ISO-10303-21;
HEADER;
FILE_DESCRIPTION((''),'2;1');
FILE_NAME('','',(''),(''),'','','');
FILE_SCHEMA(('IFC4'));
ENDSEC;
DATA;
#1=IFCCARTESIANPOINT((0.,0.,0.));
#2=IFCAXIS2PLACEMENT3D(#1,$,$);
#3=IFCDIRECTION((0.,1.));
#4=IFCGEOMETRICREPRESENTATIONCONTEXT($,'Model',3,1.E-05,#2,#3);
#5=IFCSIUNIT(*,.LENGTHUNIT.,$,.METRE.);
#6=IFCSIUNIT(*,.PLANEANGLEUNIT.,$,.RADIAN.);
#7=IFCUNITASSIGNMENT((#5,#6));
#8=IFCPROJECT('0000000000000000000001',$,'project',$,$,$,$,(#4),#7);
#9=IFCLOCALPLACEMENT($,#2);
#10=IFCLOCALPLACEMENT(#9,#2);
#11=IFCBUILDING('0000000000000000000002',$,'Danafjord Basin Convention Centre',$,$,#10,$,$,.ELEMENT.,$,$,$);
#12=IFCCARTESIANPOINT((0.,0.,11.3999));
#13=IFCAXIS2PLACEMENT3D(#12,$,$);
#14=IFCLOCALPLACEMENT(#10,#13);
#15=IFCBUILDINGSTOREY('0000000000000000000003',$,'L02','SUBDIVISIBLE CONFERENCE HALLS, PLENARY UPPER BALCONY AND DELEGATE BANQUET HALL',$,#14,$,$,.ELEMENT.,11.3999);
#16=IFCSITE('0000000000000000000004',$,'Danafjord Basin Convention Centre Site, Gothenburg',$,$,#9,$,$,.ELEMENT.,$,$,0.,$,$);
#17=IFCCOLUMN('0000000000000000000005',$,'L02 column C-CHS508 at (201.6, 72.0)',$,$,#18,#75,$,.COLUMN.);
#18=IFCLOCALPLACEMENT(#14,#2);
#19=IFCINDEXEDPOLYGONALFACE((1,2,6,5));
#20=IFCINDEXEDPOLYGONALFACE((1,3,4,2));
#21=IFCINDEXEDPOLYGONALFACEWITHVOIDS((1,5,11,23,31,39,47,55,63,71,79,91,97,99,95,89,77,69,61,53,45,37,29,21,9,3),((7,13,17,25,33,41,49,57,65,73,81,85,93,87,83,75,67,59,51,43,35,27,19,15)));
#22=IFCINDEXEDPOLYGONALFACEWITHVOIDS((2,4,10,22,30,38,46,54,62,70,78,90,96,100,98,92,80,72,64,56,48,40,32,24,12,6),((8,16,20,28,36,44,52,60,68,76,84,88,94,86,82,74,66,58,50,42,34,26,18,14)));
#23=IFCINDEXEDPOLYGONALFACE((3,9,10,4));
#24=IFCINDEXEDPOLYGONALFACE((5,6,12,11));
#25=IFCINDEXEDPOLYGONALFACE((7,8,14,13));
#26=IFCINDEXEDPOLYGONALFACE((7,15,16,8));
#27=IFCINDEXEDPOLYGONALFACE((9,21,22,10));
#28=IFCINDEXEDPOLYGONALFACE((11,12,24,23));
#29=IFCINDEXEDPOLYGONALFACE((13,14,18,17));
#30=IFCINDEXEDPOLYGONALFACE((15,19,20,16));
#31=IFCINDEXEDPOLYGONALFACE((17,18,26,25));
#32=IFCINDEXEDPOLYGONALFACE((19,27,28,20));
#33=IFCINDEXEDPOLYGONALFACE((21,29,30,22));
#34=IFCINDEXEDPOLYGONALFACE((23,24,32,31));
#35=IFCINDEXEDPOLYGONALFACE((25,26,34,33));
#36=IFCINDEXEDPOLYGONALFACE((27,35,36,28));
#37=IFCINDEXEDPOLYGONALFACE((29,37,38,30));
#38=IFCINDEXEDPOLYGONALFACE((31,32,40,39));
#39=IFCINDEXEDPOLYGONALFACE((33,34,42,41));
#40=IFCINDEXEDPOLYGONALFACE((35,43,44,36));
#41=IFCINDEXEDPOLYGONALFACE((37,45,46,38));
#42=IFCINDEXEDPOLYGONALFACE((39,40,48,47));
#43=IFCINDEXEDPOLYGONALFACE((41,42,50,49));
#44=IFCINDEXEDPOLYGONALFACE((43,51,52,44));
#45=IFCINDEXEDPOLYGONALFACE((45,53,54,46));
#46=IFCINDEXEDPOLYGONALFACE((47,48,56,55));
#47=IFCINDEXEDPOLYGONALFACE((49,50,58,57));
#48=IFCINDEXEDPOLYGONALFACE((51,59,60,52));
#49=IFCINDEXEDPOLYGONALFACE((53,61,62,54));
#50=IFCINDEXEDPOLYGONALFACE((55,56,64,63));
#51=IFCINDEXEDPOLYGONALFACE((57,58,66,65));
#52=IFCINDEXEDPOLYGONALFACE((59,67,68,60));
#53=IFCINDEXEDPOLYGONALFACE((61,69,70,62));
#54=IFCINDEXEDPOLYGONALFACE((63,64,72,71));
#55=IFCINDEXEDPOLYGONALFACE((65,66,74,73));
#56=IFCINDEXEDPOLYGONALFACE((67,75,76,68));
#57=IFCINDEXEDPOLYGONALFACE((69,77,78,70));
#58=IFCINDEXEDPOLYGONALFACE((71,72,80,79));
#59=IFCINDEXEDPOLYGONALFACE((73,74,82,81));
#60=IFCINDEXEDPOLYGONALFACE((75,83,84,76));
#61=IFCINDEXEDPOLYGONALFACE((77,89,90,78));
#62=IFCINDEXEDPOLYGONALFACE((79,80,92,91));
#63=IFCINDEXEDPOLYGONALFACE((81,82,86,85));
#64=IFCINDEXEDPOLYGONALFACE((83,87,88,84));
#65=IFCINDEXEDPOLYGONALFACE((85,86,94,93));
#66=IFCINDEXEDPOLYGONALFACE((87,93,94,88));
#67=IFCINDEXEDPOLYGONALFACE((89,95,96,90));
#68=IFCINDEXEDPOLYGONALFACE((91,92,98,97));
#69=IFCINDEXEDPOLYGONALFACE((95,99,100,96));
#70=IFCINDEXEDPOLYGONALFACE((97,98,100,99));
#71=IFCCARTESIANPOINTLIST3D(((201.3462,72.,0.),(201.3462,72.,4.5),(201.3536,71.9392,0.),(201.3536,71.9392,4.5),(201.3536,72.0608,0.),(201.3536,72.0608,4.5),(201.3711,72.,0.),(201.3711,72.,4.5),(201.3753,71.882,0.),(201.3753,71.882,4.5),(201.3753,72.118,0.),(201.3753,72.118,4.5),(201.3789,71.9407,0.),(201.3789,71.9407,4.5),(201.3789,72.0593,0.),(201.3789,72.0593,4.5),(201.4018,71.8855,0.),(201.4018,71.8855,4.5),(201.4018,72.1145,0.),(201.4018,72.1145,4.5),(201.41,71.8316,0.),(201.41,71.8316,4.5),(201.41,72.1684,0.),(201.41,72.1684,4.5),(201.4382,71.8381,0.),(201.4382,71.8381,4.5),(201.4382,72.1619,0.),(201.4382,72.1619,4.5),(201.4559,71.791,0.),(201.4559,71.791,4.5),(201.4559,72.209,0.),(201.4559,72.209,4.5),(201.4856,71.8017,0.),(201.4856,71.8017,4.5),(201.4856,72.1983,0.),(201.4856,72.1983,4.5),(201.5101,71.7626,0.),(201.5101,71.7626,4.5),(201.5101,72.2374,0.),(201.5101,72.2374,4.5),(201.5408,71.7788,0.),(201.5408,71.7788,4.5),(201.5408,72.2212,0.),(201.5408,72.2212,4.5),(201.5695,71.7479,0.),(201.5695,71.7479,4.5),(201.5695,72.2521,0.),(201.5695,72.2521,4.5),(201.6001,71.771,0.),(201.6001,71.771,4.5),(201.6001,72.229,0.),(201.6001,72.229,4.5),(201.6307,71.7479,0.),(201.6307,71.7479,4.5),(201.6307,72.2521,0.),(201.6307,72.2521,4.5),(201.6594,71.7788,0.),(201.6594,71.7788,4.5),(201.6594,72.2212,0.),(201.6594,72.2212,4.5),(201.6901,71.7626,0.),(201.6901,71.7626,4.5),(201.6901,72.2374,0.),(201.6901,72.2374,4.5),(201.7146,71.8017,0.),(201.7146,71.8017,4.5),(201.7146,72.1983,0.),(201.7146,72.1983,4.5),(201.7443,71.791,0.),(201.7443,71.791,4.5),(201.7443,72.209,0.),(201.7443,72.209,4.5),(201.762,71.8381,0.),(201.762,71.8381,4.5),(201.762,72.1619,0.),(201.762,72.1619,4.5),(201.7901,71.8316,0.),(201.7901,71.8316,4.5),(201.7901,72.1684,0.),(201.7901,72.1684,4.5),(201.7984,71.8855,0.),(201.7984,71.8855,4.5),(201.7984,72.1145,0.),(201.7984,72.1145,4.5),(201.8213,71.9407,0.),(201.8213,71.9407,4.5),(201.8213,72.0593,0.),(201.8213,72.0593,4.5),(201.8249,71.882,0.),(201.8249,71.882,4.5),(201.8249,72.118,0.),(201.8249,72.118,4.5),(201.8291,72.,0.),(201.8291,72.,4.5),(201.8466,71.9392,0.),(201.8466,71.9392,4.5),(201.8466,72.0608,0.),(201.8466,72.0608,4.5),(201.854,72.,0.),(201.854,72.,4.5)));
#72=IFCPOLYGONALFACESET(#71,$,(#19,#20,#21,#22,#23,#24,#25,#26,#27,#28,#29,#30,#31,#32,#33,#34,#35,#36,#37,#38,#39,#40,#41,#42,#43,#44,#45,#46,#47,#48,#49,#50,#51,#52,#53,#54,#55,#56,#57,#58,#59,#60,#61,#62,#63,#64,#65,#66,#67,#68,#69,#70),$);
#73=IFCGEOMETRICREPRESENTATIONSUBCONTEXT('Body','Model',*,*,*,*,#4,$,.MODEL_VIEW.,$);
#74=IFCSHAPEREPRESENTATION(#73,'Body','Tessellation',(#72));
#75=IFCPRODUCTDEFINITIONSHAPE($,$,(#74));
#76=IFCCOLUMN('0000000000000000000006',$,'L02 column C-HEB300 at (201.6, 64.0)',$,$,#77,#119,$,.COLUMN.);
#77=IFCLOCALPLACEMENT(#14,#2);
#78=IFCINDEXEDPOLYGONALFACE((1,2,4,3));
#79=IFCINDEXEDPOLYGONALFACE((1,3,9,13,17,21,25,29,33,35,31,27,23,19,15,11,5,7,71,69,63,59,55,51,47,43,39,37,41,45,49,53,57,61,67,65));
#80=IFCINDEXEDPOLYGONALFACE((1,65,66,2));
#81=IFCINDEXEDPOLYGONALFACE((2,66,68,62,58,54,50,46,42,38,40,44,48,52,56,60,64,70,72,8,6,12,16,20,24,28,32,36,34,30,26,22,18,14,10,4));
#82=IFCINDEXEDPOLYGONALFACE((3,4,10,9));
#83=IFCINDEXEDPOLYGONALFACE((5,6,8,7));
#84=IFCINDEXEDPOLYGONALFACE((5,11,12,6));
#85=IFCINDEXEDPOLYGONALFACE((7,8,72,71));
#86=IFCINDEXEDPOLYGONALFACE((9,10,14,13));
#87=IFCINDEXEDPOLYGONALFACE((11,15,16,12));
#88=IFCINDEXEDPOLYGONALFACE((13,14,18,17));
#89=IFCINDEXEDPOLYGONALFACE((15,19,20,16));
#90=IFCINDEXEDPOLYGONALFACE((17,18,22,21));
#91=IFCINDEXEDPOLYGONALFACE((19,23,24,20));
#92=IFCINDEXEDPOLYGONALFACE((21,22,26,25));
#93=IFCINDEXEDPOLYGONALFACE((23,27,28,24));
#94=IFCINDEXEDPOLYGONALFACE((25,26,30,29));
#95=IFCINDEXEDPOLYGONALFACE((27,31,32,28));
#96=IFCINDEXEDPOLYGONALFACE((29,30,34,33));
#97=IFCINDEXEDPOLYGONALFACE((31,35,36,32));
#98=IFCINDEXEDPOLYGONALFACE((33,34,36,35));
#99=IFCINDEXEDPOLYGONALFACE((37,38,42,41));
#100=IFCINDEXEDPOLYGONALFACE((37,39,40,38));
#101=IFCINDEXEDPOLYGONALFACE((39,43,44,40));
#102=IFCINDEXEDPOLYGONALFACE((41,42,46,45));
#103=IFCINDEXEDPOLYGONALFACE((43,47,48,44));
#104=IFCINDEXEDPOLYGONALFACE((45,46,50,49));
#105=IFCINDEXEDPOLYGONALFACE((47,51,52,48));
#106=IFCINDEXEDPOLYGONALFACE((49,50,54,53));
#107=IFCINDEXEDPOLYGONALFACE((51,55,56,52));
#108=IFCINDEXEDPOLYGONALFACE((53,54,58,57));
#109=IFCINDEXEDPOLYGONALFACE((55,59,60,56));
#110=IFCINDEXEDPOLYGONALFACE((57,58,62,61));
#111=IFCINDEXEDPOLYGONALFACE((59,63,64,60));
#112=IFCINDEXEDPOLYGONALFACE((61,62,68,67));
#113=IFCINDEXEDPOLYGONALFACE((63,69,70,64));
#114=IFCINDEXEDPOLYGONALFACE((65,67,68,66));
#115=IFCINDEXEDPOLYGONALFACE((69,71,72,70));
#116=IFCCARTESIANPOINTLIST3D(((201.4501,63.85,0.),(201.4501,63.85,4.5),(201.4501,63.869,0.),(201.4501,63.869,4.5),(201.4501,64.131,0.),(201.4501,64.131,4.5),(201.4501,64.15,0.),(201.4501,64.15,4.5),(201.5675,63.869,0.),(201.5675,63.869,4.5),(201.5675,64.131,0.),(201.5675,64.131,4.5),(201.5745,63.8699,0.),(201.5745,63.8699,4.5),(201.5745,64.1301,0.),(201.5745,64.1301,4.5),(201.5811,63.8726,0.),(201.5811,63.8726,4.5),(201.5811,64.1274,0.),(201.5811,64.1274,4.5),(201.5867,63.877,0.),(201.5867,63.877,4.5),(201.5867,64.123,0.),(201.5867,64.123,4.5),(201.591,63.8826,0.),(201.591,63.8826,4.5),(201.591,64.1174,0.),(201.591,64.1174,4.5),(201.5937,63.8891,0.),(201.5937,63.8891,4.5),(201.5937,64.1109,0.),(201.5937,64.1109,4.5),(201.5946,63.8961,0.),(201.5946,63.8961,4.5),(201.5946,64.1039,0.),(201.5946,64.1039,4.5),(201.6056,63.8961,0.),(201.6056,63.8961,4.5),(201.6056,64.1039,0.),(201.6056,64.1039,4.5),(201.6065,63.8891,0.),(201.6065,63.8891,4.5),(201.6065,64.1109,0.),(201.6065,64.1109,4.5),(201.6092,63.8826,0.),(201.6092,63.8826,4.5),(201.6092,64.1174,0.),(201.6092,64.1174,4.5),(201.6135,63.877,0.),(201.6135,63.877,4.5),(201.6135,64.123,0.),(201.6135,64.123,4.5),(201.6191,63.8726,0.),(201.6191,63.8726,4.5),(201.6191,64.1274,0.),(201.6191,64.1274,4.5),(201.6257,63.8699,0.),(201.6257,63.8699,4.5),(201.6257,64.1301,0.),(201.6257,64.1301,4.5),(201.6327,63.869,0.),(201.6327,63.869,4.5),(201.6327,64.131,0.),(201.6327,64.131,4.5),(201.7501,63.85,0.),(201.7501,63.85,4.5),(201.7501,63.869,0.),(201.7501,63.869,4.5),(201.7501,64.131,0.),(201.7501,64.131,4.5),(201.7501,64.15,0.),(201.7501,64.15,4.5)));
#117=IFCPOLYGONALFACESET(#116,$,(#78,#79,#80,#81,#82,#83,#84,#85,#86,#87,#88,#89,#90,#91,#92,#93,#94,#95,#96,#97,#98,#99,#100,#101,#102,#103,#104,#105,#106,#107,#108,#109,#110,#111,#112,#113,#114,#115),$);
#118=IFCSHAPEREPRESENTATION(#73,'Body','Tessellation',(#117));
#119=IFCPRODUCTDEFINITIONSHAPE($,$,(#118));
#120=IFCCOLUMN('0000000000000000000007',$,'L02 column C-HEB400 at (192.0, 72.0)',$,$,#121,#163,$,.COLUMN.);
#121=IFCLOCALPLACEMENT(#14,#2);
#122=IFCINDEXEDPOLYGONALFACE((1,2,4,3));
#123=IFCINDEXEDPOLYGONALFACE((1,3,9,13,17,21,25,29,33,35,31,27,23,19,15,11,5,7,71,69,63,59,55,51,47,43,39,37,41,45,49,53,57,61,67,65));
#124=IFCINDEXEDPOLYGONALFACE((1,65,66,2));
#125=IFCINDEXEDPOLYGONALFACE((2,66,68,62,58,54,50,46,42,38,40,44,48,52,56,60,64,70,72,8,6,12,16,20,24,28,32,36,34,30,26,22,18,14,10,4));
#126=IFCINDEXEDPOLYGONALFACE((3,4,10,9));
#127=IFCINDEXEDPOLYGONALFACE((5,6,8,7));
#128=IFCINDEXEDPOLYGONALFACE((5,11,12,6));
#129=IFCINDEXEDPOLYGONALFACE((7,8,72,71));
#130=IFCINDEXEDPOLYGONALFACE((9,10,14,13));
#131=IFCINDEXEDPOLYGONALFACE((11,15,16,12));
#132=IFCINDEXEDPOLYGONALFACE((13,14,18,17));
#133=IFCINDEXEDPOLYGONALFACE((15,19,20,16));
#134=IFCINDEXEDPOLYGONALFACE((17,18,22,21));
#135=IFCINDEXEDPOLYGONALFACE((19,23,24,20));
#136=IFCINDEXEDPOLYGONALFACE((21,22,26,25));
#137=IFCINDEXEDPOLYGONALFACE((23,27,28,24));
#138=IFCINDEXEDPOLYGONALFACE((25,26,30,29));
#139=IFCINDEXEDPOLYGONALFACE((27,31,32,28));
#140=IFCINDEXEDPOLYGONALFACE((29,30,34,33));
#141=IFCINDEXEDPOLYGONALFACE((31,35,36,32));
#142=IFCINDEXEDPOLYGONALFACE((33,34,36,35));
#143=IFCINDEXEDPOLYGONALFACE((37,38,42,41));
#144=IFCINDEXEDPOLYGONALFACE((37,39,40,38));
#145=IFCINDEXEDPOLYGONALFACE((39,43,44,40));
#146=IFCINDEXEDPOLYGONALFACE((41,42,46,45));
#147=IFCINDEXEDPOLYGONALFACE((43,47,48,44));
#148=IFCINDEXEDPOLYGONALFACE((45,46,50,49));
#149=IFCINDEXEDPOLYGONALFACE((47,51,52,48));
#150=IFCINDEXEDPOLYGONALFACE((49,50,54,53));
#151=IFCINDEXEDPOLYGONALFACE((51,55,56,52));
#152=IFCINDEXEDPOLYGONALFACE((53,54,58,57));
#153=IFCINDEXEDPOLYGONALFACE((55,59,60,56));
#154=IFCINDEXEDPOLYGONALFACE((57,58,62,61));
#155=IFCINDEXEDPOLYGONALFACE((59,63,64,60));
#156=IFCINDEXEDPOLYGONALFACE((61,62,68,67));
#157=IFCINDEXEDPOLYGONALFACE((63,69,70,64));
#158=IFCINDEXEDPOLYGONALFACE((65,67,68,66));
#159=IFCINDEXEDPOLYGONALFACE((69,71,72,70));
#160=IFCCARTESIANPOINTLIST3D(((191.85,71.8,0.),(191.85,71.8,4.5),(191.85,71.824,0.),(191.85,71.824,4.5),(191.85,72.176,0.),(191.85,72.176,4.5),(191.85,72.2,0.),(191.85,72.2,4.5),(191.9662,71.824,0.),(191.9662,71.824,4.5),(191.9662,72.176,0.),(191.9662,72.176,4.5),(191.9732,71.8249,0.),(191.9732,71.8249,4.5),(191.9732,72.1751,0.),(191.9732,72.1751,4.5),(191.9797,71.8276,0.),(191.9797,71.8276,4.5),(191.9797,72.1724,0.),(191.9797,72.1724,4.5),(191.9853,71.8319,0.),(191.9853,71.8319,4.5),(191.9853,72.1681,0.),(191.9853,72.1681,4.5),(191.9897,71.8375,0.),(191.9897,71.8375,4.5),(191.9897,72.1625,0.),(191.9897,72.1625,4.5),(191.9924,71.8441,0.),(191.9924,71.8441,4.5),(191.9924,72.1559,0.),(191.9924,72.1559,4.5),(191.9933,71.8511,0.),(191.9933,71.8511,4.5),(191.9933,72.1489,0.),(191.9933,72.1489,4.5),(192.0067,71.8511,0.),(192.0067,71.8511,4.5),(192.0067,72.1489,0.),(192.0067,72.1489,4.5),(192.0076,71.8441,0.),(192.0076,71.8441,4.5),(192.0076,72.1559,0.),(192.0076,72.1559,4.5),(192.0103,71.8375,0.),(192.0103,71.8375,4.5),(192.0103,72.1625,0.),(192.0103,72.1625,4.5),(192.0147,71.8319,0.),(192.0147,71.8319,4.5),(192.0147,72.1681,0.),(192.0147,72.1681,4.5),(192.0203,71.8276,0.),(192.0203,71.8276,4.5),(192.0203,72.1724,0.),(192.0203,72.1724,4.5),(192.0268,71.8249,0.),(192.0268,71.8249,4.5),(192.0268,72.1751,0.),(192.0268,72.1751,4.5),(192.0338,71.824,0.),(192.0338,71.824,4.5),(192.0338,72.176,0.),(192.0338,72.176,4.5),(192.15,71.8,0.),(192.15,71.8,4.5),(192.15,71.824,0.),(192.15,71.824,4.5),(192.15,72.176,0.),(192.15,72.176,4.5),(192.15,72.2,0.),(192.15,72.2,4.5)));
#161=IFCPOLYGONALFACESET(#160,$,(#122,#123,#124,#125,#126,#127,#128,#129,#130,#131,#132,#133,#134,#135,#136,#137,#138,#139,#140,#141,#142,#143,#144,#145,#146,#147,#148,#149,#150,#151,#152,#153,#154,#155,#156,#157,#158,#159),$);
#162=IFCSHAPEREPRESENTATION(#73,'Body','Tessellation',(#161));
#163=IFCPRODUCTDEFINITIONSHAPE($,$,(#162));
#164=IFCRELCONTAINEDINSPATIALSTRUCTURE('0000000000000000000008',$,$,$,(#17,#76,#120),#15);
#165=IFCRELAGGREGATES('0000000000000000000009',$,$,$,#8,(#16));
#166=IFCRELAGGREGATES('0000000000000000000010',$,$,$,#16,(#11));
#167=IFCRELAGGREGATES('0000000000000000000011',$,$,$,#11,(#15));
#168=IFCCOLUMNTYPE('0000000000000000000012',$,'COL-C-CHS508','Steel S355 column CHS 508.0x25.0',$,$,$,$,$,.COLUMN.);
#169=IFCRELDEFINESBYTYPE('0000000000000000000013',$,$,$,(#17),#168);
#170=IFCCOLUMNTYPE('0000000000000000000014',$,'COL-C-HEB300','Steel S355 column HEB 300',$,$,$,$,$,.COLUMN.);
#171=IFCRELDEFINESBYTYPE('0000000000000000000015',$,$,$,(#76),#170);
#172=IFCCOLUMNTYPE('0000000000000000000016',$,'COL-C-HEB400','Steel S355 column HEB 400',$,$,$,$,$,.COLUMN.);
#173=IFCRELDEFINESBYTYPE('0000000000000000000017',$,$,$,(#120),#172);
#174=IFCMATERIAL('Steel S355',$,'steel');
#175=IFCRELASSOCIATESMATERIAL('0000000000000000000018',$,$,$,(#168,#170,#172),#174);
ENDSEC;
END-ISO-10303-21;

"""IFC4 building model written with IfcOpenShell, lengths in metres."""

from ifc_helpers import new_model, si_unit, direction, frame, origin, origin_2d, place, context, subcontext, project, spatial, hollow_circle, i_section, extrude, material, material_profile, profile_set, type_object, element, save


model = new_model("IFC4")

# Units and contexts
model_context = context("Model", 3, precision=1e-05, world=origin(), true_north=direction((0.0, 1.0)))
body_context = subcontext(model_context, "Body", "Model", "MODEL_VIEW")
ifc_project = project(units=[si_unit("LENGTHUNIT", "METRE"), si_unit("PLANEANGLEUNIT", "RADIAN")], contexts=[model_context])

# Site, building, storey
site_placement = place(None, origin())
site = spatial("IfcSite", under=ifc_project, at=site_placement, Name="Danafjord Basin Convention Centre Site, Gothenburg", CompositionType="ELEMENT", RefElevation=0.0)
building_placement = place(site_placement, origin())
building = spatial("IfcBuilding", under=site, at=building_placement, Name="Danafjord Basin Convention Centre", CompositionType="ELEMENT")
storey_placement = place(building_placement, frame((0.0, 0.0, 11.3999)))
storey = spatial("IfcBuildingStorey", under=building, at=storey_placement, Name="L02", Description="SUBDIVISIBLE CONFERENCE HALLS, PLENARY UPPER BALCONY AND DELEGATE BANQUET HALL", CompositionType="ELEMENT", Elevation=11.3999)

# Columns
ifc_material = material(Name="Steel S355", Category="steel")
ifc_material_profile_1 = material_profile(ifc_material, hollow_circle(Radius=0.2539, WallThickness=0.0249, at=origin_2d()), Name="CHS 508.0x25.0")
ifc_profile_set_1 = profile_set([ifc_material_profile_1], Name="Steel S355")
column_type_1 = type_object("IfcColumnType", Name="COL-C-CHS508", Description="Steel S355 column CHS 508.0x25.0", PredefinedType="COLUMN", material=ifc_profile_set_1)
column_1_placement = place(storey_placement, frame((201.6001, 72.0, 0.0), z_axis=(0.0, 0.0, 1.0), x_axis=(1.0, 0.0, 0.0)))
element("IfcColumn", 1, at=column_1_placement, inside=storey, type_object=column_type_1, Name="L02 column C-CHS508 at (201.6, 72.0)", PredefinedType="COLUMN", context=body_context, shape_type="SweptSolid", body=[
    extrude(hollow_circle(Radius=0.2539, WallThickness=0.0249, at=origin_2d()), origin(), (0.0, 0.0, 1.0), 4.5),
])
ifc_material_profile_2 = material_profile(ifc_material, i_section(OverallWidth=0.3, OverallDepth=0.3, WebThickness=0.011, FlangeThickness=0.019, FilletRadius=0.0271, at=origin_2d()), Name="HEB 300")
ifc_profile_set_2 = profile_set([ifc_material_profile_2], Name="Steel S355")
column_type_2 = type_object("IfcColumnType", Name="COL-C-HEB300", Description="Steel S355 column HEB 300", PredefinedType="COLUMN", material=ifc_profile_set_2)
column_2_placement = place(storey_placement, frame((201.6001, 64.0, 0.0), z_axis=(0.0, 0.0, 1.0), x_axis=(1.0, 0.0, 0.0)))
element("IfcColumn", 2, at=column_2_placement, inside=storey, type_object=column_type_2, Name="L02 column C-HEB300 at (201.6, 64.0)", PredefinedType="COLUMN", context=body_context, shape_type="SweptSolid", body=[
    extrude(i_section(OverallWidth=0.3, OverallDepth=0.3, WebThickness=0.011, FlangeThickness=0.019, FilletRadius=0.0271, at=origin_2d()), origin(), (0.0, 0.0, 1.0), 4.5),
])
ifc_material_profile_3 = material_profile(ifc_material, i_section(OverallWidth=0.3, OverallDepth=0.3999, WebThickness=0.0134, FlangeThickness=0.0239, FilletRadius=0.0271, at=origin_2d()), Name="HEB 400")
ifc_profile_set_3 = profile_set([ifc_material_profile_3], Name="Steel S355")
column_type_3 = type_object("IfcColumnType", Name="COL-C-HEB400", Description="Steel S355 column HEB 400", PredefinedType="COLUMN", material=ifc_profile_set_3)
column_3_placement = place(storey_placement, frame((192.0, 72.0, 0.0), z_axis=(0.0, 0.0, 1.0), x_axis=(1.0, 0.0, 0.0)))
element("IfcColumn", 3, at=column_3_placement, inside=storey, type_object=column_type_3, Name="L02 column C-HEB400 at (192.0, 72.0)", PredefinedType="COLUMN", context=body_context, shape_type="SweptSolid", body=[
    extrude(i_section(OverallWidth=0.3, OverallDepth=0.3999, WebThickness=0.0134, FlangeThickness=0.0239, FilletRadius=0.0271, at=origin_2d()), origin(), (0.0, 0.0, 1.0), 4.5),
])

save(model, "model.ifc")
